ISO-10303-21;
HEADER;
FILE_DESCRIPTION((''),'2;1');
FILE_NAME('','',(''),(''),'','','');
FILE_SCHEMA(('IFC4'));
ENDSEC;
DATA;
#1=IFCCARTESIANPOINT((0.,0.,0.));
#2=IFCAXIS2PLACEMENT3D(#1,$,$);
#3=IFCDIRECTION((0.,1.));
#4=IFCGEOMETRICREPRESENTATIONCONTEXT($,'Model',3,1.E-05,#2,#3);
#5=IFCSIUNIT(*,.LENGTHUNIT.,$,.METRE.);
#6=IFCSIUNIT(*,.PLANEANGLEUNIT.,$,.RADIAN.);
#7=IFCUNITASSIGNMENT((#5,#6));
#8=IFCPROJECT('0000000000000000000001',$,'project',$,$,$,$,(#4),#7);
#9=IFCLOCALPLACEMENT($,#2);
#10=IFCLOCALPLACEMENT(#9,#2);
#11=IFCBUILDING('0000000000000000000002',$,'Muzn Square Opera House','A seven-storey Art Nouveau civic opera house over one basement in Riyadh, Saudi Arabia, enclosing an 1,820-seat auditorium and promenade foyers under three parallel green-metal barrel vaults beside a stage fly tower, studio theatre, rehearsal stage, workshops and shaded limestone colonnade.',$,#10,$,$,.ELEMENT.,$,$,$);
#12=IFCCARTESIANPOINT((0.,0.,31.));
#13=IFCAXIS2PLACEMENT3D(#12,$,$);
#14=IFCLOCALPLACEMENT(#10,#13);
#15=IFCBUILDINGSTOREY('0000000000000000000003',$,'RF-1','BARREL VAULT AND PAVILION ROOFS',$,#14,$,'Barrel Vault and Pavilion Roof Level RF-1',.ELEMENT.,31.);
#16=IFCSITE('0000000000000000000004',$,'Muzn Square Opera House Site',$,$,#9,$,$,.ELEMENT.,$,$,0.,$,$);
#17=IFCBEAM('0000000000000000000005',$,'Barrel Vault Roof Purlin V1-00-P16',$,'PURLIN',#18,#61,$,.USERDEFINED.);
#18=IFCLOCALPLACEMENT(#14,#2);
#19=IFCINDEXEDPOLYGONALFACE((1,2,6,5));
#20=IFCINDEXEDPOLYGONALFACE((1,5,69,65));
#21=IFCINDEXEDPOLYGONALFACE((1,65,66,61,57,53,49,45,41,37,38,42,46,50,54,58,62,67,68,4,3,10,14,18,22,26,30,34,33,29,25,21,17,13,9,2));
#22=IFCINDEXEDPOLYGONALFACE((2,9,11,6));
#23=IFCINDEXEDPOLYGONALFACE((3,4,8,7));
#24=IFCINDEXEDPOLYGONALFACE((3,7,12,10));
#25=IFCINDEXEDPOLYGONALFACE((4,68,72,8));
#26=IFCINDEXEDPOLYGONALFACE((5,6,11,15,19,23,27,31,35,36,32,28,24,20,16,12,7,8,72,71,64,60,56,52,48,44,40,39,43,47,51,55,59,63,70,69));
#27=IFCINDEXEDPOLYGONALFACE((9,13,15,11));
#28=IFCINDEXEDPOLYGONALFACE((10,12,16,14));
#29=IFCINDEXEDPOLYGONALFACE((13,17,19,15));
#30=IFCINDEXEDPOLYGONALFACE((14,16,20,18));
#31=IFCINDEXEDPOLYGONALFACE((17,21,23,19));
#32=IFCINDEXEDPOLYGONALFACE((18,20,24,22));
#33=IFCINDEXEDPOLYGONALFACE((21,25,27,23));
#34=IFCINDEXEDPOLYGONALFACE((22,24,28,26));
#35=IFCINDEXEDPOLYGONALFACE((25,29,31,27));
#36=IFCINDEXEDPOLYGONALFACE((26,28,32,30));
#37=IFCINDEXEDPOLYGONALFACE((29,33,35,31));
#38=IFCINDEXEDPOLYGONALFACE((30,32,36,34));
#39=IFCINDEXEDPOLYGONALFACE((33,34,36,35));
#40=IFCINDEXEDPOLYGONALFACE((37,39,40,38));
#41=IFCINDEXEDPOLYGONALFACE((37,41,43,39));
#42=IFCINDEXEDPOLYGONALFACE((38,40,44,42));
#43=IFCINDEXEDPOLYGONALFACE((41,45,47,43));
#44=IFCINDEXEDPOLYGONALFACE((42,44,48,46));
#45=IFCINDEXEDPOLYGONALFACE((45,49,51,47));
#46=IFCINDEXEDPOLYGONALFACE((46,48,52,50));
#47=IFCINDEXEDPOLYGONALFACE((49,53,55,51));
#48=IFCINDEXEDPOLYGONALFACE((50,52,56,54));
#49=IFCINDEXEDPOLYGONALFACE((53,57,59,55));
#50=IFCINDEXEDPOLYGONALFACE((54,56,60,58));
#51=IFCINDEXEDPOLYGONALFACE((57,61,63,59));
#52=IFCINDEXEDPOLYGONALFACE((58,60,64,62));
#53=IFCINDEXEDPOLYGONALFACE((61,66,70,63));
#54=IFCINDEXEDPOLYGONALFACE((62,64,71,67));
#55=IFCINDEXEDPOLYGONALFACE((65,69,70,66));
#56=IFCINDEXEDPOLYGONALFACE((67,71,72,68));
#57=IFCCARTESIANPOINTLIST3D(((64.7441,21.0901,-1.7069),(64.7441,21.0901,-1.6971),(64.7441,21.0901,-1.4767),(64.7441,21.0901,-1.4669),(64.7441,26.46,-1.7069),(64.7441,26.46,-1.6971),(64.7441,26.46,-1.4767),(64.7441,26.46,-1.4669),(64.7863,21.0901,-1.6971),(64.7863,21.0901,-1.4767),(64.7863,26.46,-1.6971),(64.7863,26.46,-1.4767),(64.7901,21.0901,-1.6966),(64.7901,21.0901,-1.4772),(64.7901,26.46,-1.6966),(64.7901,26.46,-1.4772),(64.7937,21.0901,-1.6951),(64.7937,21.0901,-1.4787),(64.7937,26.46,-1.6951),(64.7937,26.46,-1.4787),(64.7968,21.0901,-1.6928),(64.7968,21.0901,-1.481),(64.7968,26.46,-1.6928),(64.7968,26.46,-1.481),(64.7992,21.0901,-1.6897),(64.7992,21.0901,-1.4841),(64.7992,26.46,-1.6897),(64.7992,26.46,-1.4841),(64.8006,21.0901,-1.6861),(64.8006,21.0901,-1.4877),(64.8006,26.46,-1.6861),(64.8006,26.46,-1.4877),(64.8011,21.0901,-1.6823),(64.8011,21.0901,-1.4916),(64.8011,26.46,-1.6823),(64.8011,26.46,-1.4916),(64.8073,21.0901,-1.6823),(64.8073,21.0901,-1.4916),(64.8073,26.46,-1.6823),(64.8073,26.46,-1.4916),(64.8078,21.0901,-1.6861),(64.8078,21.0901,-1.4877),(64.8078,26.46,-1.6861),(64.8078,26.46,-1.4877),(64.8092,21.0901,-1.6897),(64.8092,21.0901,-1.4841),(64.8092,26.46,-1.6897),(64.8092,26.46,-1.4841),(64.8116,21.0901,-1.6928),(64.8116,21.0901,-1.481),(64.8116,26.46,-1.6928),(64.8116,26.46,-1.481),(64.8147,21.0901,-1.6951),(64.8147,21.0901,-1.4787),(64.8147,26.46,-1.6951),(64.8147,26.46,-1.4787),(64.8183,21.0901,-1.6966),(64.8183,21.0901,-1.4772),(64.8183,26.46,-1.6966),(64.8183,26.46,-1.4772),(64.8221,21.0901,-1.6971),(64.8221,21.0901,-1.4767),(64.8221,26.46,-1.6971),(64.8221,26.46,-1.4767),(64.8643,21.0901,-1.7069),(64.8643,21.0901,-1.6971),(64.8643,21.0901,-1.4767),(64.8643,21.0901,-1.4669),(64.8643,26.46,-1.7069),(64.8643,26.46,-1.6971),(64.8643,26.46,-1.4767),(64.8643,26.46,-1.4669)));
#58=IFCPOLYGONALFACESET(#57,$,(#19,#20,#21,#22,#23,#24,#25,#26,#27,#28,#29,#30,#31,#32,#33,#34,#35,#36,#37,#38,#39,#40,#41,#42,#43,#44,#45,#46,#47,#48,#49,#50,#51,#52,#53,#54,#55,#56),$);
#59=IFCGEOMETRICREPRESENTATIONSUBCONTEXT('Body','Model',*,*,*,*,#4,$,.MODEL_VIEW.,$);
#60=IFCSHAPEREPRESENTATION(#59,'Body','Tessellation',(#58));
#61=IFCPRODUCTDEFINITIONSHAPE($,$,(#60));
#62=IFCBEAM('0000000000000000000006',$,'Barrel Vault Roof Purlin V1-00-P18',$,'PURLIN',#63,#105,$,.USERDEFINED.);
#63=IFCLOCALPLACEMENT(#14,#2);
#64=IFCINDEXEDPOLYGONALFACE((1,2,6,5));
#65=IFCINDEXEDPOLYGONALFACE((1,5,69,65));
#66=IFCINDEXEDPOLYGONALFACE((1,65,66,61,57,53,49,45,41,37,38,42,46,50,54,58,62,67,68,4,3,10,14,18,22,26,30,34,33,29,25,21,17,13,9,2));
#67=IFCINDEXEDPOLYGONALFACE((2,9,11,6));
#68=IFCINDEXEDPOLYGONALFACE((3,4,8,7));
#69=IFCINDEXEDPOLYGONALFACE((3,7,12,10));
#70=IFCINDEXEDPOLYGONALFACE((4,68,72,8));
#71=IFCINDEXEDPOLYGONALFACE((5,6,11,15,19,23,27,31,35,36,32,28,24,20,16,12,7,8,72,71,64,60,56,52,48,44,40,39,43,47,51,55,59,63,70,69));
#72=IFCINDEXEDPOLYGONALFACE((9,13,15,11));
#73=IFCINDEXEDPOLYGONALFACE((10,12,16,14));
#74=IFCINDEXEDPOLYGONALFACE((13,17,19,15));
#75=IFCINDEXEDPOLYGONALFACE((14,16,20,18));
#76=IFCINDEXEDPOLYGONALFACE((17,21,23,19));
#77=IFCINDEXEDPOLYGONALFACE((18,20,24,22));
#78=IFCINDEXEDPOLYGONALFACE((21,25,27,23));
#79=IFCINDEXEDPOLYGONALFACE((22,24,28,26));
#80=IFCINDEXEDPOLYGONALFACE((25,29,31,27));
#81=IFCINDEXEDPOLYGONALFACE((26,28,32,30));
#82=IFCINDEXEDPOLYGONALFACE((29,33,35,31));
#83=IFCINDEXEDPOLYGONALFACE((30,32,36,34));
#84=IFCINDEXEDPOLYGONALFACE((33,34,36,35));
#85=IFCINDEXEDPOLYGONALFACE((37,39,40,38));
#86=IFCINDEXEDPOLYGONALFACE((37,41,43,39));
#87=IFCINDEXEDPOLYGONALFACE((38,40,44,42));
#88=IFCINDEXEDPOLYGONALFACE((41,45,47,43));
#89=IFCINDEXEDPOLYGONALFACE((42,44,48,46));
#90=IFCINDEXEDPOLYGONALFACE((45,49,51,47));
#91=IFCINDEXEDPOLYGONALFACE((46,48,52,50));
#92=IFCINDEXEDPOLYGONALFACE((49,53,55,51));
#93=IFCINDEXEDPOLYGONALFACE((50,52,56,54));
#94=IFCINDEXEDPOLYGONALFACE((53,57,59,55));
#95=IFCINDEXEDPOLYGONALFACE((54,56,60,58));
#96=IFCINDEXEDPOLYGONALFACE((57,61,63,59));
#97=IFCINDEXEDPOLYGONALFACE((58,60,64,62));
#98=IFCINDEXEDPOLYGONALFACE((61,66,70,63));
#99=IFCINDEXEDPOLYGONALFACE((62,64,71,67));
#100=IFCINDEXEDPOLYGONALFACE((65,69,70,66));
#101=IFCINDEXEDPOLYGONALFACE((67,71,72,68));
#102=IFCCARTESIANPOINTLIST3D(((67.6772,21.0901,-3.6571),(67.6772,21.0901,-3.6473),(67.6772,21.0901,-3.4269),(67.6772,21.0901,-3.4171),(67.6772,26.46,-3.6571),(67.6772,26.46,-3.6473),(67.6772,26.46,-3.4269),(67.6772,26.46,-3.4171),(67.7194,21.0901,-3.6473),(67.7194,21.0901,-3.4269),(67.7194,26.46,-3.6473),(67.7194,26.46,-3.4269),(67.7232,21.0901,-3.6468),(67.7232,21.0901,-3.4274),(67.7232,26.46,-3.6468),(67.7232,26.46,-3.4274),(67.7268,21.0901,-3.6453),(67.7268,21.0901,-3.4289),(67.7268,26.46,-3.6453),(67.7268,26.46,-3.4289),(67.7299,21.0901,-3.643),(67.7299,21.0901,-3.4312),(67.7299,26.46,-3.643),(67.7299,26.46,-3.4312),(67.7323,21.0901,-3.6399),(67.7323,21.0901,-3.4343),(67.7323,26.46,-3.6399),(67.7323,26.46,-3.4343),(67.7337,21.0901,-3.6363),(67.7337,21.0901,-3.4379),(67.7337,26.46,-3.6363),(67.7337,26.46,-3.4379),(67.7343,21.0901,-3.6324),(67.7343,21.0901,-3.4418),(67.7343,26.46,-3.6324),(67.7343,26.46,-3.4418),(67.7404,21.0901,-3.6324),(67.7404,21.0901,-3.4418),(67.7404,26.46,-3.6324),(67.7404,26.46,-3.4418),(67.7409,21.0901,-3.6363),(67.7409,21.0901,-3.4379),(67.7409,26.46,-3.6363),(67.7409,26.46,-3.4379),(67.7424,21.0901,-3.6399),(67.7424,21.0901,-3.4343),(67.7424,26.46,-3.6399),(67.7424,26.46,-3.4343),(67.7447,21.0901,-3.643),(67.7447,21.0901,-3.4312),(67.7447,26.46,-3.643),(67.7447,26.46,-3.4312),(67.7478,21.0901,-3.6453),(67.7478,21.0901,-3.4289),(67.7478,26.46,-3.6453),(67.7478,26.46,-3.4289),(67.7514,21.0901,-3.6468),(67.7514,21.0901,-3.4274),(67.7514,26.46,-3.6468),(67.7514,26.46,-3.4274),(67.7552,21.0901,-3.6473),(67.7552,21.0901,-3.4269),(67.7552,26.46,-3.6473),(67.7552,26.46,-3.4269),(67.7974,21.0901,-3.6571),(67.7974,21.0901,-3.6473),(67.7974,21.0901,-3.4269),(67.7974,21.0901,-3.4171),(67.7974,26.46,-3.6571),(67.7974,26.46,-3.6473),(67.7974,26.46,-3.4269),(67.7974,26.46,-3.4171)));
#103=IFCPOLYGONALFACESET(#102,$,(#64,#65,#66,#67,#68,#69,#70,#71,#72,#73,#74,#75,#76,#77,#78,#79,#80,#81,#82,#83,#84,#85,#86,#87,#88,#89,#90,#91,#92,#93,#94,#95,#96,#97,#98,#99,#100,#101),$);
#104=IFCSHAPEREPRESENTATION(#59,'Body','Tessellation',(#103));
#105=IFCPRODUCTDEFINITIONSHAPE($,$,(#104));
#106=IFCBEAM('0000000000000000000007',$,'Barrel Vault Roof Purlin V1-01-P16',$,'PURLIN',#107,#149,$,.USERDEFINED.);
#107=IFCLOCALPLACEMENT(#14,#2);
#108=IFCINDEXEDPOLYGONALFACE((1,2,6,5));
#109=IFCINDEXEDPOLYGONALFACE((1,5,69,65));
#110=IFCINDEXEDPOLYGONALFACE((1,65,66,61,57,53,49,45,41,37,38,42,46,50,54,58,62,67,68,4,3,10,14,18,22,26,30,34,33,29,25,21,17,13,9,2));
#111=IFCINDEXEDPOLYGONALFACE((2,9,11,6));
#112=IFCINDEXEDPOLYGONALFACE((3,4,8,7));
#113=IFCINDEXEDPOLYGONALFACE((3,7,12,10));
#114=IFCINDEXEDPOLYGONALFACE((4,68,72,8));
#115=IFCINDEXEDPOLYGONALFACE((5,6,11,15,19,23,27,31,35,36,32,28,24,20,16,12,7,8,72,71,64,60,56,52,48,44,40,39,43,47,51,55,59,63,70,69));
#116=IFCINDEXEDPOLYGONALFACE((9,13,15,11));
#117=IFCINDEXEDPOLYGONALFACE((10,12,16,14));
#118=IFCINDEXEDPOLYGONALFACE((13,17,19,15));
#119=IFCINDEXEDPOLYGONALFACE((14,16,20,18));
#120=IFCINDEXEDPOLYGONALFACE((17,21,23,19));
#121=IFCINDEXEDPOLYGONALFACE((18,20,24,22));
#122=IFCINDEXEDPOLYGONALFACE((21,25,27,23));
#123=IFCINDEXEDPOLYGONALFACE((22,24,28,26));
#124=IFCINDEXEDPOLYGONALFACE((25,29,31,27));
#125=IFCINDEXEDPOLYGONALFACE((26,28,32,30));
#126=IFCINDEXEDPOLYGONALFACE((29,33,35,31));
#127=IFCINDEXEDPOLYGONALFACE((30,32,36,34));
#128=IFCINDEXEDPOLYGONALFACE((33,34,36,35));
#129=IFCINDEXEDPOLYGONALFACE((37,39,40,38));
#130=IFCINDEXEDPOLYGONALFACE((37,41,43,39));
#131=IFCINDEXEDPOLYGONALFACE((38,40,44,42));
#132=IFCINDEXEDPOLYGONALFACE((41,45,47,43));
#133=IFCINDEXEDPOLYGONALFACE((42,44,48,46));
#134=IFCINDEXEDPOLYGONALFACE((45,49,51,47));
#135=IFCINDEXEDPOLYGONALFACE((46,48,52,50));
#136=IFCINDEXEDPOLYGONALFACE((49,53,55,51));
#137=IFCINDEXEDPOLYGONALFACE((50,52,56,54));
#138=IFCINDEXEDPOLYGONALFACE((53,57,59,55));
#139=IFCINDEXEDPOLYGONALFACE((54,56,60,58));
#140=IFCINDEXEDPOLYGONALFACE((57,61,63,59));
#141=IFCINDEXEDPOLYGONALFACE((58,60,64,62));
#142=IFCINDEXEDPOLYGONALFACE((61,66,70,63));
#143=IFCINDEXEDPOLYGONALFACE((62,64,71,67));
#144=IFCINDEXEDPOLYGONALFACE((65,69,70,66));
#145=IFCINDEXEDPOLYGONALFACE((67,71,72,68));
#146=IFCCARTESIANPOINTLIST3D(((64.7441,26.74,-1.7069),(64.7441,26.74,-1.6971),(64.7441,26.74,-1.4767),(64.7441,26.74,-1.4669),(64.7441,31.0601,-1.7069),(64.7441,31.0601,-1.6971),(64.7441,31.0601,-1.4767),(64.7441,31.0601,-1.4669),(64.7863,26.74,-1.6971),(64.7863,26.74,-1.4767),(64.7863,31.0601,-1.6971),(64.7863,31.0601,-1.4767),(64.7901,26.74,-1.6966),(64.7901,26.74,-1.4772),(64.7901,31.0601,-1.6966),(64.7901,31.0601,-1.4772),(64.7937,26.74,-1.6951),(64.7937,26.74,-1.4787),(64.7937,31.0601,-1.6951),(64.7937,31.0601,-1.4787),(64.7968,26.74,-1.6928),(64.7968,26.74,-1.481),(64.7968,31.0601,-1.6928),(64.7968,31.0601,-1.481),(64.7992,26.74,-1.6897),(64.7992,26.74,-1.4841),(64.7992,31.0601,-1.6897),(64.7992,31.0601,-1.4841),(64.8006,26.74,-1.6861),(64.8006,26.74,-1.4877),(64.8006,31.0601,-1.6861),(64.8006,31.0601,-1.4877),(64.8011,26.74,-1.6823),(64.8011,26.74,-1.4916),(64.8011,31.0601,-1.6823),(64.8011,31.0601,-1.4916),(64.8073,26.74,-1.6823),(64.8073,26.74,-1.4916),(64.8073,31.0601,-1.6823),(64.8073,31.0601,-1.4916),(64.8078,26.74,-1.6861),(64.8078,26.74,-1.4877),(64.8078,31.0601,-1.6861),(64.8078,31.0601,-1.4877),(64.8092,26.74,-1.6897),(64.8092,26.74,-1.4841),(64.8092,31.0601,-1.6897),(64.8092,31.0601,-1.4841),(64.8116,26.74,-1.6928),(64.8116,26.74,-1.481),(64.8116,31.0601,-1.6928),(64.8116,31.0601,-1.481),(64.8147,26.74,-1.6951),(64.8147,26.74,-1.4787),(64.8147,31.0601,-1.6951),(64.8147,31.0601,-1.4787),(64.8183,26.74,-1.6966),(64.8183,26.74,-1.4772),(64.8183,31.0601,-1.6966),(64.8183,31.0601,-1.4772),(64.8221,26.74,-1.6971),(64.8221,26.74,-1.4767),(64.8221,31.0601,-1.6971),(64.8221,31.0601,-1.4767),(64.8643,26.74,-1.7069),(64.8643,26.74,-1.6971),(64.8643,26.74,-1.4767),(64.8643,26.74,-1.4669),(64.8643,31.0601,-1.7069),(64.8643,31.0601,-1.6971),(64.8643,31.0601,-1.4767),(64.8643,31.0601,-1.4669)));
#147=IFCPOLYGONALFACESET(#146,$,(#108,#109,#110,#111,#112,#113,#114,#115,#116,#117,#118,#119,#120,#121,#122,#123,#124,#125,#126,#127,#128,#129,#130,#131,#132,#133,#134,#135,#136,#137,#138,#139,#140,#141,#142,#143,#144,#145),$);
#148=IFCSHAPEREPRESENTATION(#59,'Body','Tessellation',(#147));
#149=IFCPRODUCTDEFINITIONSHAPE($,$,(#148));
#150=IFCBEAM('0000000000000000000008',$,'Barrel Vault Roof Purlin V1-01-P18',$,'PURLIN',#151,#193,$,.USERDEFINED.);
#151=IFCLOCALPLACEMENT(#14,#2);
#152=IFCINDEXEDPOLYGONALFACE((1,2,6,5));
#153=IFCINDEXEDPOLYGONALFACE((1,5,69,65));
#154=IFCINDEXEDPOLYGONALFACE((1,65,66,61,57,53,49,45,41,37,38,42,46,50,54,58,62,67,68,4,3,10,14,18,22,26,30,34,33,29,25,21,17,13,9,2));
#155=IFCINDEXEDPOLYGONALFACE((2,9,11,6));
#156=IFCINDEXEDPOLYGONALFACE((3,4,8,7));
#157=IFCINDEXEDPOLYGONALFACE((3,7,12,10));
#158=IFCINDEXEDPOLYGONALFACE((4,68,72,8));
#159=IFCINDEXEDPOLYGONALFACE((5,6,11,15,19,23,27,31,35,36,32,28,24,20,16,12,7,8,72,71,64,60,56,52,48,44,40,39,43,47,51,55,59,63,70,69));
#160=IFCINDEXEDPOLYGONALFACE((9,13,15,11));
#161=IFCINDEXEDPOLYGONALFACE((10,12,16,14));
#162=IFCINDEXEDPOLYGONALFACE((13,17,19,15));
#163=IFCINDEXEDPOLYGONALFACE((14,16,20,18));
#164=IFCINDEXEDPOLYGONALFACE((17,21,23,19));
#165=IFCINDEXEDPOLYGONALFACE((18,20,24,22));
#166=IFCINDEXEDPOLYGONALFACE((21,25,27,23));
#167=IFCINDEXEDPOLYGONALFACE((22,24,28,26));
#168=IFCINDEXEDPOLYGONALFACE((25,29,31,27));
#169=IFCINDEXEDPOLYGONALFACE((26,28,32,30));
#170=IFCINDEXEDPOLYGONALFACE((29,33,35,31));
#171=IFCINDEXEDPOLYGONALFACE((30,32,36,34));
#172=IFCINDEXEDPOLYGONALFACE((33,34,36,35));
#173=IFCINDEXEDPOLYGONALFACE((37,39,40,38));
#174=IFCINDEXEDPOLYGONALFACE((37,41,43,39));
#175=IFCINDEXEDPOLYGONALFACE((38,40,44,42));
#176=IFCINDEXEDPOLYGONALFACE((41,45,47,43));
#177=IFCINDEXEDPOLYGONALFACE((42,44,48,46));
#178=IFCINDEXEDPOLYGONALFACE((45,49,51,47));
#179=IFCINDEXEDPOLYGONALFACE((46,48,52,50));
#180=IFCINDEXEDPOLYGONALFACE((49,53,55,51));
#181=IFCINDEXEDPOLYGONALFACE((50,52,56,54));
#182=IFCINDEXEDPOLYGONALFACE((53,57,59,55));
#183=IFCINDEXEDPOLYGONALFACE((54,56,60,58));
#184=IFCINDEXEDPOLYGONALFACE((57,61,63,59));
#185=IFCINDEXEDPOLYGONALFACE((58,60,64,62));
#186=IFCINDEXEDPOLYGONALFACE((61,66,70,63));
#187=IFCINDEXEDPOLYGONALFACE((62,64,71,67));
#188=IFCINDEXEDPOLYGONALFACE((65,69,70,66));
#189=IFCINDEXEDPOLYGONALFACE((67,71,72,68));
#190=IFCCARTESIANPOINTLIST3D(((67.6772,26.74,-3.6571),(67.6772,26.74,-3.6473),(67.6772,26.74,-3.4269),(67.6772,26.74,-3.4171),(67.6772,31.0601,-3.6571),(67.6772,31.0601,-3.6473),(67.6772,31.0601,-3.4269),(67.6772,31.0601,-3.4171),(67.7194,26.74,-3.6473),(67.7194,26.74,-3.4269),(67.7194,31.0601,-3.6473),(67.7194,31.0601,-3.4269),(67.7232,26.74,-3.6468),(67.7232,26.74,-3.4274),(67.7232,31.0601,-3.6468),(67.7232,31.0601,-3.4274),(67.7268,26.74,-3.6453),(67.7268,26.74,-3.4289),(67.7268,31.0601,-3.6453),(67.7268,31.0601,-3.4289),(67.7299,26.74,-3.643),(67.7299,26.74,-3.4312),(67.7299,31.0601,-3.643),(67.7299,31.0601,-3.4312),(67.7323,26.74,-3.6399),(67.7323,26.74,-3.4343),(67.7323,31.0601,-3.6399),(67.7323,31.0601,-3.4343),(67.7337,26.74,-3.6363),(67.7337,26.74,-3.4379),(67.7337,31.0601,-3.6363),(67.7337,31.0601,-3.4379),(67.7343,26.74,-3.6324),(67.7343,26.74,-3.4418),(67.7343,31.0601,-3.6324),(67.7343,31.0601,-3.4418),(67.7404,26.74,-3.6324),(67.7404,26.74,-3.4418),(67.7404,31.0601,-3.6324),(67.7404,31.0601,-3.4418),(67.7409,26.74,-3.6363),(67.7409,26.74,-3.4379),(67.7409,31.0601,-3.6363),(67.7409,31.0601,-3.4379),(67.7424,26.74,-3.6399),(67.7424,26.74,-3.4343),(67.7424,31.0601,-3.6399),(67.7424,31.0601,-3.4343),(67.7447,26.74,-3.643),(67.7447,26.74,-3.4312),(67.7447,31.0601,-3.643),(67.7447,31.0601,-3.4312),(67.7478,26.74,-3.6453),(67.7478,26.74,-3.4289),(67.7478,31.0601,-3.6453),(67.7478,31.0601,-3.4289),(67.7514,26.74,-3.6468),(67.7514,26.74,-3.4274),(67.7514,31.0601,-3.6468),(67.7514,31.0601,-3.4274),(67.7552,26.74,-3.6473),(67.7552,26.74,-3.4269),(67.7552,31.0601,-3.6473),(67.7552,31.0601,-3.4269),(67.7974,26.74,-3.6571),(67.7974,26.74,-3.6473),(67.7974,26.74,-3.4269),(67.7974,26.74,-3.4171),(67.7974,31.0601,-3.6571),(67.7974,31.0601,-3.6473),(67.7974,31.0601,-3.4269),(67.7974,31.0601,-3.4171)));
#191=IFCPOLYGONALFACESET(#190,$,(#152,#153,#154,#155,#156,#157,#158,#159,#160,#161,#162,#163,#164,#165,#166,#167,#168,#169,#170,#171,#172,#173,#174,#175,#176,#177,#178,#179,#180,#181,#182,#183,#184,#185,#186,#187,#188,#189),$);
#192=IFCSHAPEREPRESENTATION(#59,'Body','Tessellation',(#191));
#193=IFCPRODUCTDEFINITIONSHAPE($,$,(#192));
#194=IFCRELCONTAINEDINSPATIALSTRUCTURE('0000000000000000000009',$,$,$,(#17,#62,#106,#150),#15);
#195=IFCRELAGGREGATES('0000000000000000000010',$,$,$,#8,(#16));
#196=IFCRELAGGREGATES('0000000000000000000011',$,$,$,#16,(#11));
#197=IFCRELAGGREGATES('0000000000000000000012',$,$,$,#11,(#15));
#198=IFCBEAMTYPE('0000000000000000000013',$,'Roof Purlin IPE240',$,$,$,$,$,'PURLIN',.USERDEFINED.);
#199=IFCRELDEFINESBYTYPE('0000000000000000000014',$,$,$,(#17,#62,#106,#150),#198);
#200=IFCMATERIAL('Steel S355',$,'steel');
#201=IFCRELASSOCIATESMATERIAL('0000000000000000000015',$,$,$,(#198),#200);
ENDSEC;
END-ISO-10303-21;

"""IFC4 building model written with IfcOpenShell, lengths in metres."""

from ifc_helpers import new_model, si_unit, direction, frame, origin, origin_2d, place, context, subcontext, project, spatial, i_section, extrude, material, material_profile, profile_set, type_object, element, save


model = new_model("IFC4")

# Units and contexts
model_context = context("Model", 3, precision=1e-05, world=origin(), true_north=direction((0.0, 1.0)))
body_context = subcontext(model_context, "Body", "Model", "MODEL_VIEW")
ifc_project = project(units=[si_unit("LENGTHUNIT", "METRE"), si_unit("PLANEANGLEUNIT", "RADIAN")], contexts=[model_context])

# Site, building, storey
site_placement = place(None, origin())
site = spatial("IfcSite", under=ifc_project, at=site_placement, Name="Muzn Square Opera House Site", CompositionType="ELEMENT", RefElevation=0.0)
building_placement = place(site_placement, origin())
building = spatial("IfcBuilding", under=site, at=building_placement, Name="Muzn Square Opera House", Description="A seven-storey Art Nouveau civic opera house over one basement in Riyadh, Saudi Arabia, enclosing an 1,820-seat auditorium and promenade foyers under three parallel green-metal barrel vaults beside a stage fly tower, studio theatre, rehearsal stage, workshops and shaded limestone colonnade.", CompositionType="ELEMENT")
storey_placement = place(building_placement, frame((0.0, 0.0, 31.0)))
storey = spatial("IfcBuildingStorey", under=building, at=storey_placement, Name="RF-1", Description="BARREL VAULT AND PAVILION ROOFS", LongName="Barrel Vault and Pavilion Roof Level RF-1", CompositionType="ELEMENT", Elevation=31.0)

# Beams
ifc_material_1 = material(Name="Steel S355", Category="steel")
ifc_material_profile_1 = material_profile(ifc_material_1, i_section(OverallWidth=0.1201, OverallDepth=0.24, WebThickness=0.0061, FlangeThickness=0.0098, FilletRadius=0.0149, at=origin_2d()), Name="IPE 240", Category="steel")
ifc_profile_set_1 = profile_set([ifc_material_profile_1], Name="Steel S355")
beam_type_1 = type_object("IfcBeamType", Name="Roof Purlin IPE240", ElementType="PURLIN", PredefinedType="USERDEFINED", material=ifc_profile_set_1)
for number, where, z_axis, x_axis, name in (
    (1, (64.8042, 21.0901, -1.5869), (0.0, 1.0, 0.0), (-1.0, 0.0, 0.0), "Barrel Vault Roof Purlin V1-00-P16"),
    (2, (67.7373, 21.0901, -3.5371), (0.0, 1.0, 0.0), (-1.0, 0.0, 0.0), "Barrel Vault Roof Purlin V1-00-P18"),
):
    element("IfcBeam", number, at=place(storey_placement, frame(where, z_axis=z_axis, x_axis=x_axis)), inside=storey, type_object=beam_type_1, Name=name, ObjectType="PURLIN", PredefinedType="USERDEFINED", context=body_context, shape_type="SweptSolid", body=[
        extrude(i_section(OverallWidth=0.1201, OverallDepth=0.24, WebThickness=0.0061, FlangeThickness=0.0098, FilletRadius=0.0149, at=origin_2d()), origin(), (0.0, 0.0, 1.0), 5.3699),
    ])
for number, where, z_axis, x_axis, name in (
    (3, (64.8042, 26.74, -1.5869), (0.0, 1.0, 0.0), (-1.0, 0.0, 0.0), "Barrel Vault Roof Purlin V1-01-P16"),
    (4, (67.7373, 26.74, -3.5371), (0.0, 1.0, 0.0), (-1.0, 0.0, 0.0), "Barrel Vault Roof Purlin V1-01-P18"),
):
    element("IfcBeam", number, at=place(storey_placement, frame(where, z_axis=z_axis, x_axis=x_axis)), inside=storey, type_object=beam_type_1, Name=name, ObjectType="PURLIN", PredefinedType="USERDEFINED", context=body_context, shape_type="SweptSolid", body=[
        extrude(i_section(OverallWidth=0.1201, OverallDepth=0.24, WebThickness=0.0061, FlangeThickness=0.0098, FilletRadius=0.0149, at=origin_2d()), origin(), (0.0, 0.0, 1.0), 4.3201),
    ])

save(model, "model.ifc")
